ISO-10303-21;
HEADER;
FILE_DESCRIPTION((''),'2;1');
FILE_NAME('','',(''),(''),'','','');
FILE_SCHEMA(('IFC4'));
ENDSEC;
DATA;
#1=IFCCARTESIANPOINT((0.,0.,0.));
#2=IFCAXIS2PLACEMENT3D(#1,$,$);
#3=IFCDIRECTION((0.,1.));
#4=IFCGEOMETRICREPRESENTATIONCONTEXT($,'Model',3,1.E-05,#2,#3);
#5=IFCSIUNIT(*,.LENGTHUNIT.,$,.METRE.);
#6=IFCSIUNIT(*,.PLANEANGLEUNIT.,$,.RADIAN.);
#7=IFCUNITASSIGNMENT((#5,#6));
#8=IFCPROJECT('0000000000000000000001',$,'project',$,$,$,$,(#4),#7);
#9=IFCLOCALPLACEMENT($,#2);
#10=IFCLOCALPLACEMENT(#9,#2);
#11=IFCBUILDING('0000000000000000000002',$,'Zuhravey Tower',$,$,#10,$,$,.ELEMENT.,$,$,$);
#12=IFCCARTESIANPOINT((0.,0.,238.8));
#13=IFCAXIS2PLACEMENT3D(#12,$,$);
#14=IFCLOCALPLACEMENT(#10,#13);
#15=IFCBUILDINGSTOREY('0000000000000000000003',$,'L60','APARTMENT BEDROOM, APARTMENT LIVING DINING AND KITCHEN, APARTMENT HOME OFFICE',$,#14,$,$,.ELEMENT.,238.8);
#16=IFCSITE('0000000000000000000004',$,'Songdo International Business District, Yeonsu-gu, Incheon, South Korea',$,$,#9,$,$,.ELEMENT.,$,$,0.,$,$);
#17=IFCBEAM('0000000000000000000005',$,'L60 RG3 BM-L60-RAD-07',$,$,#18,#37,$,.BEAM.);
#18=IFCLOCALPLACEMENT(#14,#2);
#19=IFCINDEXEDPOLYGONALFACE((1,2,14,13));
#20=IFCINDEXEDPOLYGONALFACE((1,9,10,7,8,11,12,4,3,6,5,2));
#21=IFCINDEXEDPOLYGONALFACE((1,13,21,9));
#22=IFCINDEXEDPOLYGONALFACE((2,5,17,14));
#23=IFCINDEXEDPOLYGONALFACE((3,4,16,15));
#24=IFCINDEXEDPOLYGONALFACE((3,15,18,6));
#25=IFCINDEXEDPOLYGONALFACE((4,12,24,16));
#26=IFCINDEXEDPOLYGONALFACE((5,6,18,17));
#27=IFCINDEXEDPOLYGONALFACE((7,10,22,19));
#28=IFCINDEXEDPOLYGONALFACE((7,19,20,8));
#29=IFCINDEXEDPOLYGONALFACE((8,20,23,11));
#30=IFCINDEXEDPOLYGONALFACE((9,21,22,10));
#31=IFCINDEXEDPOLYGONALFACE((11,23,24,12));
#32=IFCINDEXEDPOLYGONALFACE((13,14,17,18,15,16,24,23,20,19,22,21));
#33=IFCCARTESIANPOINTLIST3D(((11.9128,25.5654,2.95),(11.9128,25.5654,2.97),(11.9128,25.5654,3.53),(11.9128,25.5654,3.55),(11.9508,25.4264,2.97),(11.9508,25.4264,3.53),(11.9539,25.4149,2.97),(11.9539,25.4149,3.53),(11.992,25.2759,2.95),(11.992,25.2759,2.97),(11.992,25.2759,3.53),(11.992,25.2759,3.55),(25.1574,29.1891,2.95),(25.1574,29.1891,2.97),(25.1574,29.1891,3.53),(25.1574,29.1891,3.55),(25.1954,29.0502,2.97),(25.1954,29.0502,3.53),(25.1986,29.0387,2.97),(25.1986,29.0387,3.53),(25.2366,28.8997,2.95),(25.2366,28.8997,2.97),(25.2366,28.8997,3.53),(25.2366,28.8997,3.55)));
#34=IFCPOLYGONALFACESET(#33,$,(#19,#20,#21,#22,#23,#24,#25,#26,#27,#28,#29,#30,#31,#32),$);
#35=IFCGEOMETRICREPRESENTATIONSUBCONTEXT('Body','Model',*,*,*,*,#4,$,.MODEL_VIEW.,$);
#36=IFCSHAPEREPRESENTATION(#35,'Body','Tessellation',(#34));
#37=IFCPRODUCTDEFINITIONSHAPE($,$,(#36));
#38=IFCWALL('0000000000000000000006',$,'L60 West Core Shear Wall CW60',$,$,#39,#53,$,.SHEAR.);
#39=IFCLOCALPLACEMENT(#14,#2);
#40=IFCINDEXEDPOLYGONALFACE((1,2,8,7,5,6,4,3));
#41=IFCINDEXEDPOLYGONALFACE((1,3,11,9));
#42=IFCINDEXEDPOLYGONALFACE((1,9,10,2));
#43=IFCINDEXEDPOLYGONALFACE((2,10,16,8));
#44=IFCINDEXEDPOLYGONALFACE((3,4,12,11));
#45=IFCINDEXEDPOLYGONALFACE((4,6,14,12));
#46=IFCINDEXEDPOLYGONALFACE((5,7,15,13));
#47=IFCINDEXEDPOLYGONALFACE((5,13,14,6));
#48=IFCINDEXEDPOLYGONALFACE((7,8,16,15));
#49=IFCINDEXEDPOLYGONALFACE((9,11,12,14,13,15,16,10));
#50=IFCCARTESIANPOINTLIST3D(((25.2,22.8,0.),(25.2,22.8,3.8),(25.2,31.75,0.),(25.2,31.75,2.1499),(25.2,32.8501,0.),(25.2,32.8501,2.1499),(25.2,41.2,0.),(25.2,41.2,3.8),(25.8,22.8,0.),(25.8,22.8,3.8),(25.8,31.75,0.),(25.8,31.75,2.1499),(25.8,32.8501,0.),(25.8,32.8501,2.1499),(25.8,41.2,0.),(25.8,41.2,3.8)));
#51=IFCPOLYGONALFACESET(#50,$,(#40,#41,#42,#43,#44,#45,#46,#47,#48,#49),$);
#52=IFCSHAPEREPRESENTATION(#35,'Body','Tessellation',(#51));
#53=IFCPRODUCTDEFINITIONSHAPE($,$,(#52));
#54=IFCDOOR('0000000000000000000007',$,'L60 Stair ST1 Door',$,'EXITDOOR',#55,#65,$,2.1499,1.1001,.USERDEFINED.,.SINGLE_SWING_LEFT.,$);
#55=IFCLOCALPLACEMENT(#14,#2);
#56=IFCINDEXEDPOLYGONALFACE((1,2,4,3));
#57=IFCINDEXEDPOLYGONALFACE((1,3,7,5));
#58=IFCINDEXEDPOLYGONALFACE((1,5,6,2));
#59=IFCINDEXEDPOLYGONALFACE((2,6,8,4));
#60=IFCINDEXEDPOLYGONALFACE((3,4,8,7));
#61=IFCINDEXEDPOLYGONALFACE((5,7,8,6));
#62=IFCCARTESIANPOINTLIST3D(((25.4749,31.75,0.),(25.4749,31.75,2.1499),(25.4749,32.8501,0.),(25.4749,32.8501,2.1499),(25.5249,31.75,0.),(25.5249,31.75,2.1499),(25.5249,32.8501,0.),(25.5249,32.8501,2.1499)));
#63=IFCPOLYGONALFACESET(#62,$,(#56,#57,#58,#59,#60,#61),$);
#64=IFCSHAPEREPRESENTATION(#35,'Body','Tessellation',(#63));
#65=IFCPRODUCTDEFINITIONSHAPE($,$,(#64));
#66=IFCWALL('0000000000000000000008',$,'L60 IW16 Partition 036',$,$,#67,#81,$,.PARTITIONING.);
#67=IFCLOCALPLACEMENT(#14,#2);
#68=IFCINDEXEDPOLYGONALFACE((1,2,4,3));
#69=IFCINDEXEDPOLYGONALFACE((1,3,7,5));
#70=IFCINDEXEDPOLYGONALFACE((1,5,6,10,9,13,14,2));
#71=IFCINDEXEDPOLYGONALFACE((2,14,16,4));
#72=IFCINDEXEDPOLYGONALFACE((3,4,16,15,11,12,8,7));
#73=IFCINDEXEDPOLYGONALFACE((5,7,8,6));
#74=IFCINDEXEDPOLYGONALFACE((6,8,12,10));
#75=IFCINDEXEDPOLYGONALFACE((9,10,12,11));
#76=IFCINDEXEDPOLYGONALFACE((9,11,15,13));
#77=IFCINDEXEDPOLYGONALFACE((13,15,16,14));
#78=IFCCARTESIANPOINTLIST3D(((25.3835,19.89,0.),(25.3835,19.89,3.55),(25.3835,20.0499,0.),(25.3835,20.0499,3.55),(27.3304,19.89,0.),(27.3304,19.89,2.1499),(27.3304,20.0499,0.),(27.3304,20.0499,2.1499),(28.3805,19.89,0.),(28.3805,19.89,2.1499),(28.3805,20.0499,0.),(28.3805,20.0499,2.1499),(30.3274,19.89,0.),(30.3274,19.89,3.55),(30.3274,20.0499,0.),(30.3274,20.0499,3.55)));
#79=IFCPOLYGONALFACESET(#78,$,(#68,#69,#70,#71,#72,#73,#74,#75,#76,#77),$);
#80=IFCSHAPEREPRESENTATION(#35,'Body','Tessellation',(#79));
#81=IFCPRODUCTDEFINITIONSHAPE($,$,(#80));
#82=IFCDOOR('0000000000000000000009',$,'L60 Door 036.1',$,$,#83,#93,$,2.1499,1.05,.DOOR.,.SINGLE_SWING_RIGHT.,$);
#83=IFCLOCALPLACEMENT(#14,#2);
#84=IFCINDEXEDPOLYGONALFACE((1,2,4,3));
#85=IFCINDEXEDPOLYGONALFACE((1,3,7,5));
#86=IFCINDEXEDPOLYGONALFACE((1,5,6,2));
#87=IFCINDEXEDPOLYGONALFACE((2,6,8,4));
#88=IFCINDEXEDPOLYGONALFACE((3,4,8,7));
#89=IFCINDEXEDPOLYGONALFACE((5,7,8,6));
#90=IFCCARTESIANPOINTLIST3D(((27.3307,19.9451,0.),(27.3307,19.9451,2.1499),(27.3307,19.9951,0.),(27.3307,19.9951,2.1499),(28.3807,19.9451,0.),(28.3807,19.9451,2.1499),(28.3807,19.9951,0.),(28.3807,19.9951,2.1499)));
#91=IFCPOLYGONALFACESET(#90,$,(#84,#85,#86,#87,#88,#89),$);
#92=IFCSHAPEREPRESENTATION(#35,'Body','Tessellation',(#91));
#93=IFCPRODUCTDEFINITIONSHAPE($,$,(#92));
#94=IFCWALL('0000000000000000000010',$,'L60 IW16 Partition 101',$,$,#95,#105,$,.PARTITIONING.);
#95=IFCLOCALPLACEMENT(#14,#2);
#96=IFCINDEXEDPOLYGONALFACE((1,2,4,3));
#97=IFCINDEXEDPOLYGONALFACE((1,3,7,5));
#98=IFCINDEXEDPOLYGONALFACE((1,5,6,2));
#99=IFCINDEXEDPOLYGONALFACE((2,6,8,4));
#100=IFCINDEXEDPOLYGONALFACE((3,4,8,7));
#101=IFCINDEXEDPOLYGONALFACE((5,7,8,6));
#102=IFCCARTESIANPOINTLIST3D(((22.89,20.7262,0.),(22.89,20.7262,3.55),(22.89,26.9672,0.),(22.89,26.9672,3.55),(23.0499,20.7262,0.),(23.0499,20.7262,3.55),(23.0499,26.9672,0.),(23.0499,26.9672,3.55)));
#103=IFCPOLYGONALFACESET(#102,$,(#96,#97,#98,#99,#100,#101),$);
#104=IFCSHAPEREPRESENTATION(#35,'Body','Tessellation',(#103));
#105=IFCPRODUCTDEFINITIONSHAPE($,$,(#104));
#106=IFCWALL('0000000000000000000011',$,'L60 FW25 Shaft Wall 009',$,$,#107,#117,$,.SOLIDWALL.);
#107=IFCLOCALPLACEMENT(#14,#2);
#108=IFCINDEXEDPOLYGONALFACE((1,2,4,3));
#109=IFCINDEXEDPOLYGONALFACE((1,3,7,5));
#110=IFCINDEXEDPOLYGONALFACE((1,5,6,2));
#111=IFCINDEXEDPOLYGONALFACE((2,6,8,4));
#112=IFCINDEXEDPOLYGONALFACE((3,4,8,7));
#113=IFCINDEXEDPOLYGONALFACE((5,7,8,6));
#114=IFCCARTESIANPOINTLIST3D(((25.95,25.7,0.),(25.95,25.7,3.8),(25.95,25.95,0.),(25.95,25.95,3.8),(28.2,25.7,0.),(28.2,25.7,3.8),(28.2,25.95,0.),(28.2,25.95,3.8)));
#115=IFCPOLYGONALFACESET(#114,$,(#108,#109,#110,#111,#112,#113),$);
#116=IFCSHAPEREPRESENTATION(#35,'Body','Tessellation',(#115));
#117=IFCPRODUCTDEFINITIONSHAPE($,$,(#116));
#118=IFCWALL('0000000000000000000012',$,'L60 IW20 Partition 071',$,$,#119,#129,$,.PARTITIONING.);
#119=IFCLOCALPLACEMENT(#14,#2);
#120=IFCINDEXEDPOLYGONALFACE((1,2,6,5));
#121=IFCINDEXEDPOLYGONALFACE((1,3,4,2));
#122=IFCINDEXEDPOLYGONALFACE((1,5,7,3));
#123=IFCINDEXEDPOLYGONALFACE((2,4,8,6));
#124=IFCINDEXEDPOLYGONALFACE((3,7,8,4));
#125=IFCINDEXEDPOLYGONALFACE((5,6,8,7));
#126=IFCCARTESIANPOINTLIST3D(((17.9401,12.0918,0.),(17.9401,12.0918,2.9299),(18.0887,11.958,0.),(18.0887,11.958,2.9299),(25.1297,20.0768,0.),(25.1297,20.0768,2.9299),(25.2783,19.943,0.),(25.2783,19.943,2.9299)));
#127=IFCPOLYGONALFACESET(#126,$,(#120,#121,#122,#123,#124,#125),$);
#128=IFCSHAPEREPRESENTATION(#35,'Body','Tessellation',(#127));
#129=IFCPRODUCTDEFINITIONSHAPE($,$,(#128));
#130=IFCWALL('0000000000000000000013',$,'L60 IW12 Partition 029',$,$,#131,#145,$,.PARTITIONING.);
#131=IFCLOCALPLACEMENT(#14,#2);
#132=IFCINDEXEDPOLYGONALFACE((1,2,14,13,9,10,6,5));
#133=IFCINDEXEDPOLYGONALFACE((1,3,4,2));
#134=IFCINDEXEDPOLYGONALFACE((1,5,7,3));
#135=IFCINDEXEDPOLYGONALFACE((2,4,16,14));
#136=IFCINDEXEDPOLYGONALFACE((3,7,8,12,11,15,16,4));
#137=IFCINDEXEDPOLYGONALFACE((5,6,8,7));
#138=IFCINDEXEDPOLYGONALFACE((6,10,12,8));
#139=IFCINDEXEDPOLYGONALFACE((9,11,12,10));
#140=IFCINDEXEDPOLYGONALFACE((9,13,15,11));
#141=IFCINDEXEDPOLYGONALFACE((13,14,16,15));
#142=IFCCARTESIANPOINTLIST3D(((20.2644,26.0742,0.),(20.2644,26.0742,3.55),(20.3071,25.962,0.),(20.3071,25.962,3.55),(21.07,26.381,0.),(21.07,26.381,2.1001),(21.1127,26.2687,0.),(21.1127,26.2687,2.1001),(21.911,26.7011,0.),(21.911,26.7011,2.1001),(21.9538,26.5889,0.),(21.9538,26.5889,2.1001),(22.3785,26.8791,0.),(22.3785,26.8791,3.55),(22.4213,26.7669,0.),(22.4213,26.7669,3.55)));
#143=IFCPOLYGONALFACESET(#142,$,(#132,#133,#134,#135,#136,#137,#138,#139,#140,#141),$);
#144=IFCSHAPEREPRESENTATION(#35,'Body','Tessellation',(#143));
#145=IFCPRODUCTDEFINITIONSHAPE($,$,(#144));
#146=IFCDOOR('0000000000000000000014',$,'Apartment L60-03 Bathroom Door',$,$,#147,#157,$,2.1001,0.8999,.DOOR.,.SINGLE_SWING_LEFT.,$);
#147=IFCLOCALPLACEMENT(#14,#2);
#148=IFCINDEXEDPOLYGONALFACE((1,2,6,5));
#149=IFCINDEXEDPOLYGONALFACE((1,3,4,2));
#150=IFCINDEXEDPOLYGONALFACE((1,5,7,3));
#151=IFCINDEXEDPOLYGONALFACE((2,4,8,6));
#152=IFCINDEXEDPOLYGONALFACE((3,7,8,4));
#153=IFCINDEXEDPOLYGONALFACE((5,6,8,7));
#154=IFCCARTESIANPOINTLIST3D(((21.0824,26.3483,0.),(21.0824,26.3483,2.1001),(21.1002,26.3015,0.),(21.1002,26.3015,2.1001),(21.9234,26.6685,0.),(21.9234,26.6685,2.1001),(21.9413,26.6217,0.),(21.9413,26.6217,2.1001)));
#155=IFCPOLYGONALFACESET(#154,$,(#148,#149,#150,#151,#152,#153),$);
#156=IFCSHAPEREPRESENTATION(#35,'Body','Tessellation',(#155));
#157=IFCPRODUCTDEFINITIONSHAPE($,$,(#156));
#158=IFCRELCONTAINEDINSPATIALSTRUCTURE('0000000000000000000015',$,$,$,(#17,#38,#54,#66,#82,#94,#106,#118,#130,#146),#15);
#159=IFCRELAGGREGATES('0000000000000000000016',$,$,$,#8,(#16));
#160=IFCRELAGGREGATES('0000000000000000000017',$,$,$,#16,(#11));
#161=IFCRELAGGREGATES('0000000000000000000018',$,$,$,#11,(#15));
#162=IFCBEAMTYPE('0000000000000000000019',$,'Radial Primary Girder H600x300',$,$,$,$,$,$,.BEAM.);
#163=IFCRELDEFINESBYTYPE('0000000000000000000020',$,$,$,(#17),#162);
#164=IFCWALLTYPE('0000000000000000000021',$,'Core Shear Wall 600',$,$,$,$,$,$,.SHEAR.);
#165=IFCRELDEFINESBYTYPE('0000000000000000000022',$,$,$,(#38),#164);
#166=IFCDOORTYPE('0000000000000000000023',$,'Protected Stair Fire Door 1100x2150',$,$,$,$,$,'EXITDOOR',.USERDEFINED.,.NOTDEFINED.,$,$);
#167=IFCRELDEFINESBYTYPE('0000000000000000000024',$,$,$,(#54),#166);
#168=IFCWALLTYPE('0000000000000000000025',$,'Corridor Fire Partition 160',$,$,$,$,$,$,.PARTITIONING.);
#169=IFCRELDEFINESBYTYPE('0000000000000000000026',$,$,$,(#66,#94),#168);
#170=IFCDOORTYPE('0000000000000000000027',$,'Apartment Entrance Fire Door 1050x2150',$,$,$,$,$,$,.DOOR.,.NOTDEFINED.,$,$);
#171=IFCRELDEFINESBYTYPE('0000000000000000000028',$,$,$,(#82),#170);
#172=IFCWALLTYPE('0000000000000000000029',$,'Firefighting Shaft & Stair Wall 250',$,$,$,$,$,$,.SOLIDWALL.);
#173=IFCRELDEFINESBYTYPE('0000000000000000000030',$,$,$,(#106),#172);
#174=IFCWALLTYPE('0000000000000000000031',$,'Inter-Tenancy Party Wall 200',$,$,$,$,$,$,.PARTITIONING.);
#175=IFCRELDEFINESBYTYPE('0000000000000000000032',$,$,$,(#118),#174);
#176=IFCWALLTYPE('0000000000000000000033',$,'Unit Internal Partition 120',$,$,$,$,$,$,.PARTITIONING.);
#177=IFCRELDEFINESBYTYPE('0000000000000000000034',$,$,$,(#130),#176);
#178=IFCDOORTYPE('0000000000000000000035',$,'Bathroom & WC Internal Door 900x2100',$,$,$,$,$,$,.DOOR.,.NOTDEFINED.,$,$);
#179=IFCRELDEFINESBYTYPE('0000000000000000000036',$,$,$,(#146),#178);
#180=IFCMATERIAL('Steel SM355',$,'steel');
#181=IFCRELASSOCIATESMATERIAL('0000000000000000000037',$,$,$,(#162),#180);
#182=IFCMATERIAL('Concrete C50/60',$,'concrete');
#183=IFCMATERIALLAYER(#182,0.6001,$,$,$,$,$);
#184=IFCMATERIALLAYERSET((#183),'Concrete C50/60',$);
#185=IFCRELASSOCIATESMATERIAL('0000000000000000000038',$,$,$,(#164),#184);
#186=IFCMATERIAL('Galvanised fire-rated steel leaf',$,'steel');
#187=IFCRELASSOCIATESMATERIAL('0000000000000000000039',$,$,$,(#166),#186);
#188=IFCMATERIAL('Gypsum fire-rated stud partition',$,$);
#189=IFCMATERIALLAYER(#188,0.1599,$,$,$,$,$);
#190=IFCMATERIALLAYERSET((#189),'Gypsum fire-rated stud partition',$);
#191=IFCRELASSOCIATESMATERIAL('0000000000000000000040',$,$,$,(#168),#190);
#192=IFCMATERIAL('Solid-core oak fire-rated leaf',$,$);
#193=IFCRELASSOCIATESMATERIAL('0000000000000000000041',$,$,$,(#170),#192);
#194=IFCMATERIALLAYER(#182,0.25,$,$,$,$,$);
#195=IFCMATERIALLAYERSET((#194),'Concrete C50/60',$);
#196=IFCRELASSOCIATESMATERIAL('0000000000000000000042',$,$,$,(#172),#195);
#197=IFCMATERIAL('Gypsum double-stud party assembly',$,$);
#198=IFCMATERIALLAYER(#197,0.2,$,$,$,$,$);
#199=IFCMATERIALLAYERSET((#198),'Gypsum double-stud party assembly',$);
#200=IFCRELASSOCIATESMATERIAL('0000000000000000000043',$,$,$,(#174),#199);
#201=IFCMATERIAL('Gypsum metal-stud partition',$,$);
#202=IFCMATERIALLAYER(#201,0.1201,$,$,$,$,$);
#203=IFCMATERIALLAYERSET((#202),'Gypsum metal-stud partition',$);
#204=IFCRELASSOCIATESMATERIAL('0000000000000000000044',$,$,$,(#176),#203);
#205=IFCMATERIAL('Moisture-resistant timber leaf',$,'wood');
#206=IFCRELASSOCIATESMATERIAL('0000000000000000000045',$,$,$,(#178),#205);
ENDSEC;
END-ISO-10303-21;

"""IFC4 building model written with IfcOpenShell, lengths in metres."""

from ifc_helpers import new_model, si_unit, direction, frame, frame_2d, origin, origin_2d, place, context, subcontext, project, spatial, rectangle, i_section, extrude, material, layer, layer_set, material_profile, profile_set, type_object, element, fill, save


model = new_model("IFC4")

# Units and contexts
model_context = context("Model", 3, precision=1e-05, world=origin(), true_north=direction((0.0, 1.0)))
body_context = subcontext(model_context, "Body", "Model", "MODEL_VIEW")
ifc_project = project(units=[si_unit("LENGTHUNIT", "METRE"), si_unit("PLANEANGLEUNIT", "RADIAN")], contexts=[model_context])

# Site, building, storey
site_placement = place(None, origin())
site = spatial("IfcSite", under=ifc_project, at=site_placement, Name="Songdo International Business District, Yeonsu-gu, Incheon, South Korea", CompositionType="ELEMENT", RefElevation=0.0)
building_placement = place(site_placement, origin())
building = spatial("IfcBuilding", under=site, at=building_placement, Name="Zuhravey Tower", CompositionType="ELEMENT")
storey_placement = place(building_placement, frame((0.0, 0.0, 238.8)))
storey = spatial("IfcBuildingStorey", under=building, at=storey_placement, Name="L60", Description="APARTMENT BEDROOM, APARTMENT LIVING DINING AND KITCHEN, APARTMENT HOME OFFICE", CompositionType="ELEMENT", Elevation=238.8)

# Beam
ifc_material_1 = material(Name="Steel SM355", Category="steel")
ifc_material_profile = material_profile(ifc_material_1, i_section(OverallWidth=0.3, OverallDepth=0.6001, WebThickness=0.012, FlangeThickness=0.02, at=origin_2d()), Name="H-600x300x12x20")
ifc_profile_set = profile_set([ifc_material_profile], Name="Steel SM355")
beam_type = type_object("IfcBeamType", Name="Radial Primary Girder H600x300", PredefinedType="BEAM", material=ifc_profile_set)
beam_placement = place(storey_placement, frame((25.197, 29.0444, 3.25), z_axis=(-0.964549, -0.263904, 0.0), x_axis=(0.263904, -0.964549, 0.0)))
element("IfcBeam", 1, at=beam_placement, inside=storey, type_object=beam_type, Name="L60 RG3 BM-L60-RAD-07", PredefinedType="BEAM", context=body_context, shape_type="SweptSolid", body=[
    extrude(i_section(OverallWidth=0.3, OverallDepth=0.6001, WebThickness=0.012, FlangeThickness=0.02, at=origin_2d()), origin(), (0.0, 0.0, 1.0), 13.7314),
])

# Walls, openings, doors
ifc_material_2 = material(Name="Concrete C50/60", Category="concrete")
ifc_layer_1 = layer(ifc_material_2, 0.6001)
ifc_layer_set_1 = layer_set([ifc_layer_1], Name="Concrete C50/60")
wall_type_1 = type_object("IfcWallType", Name="Core Shear Wall 600", PredefinedType="SHEAR", material=ifc_layer_set_1)
ifc_material_3 = material(Name="Galvanised fire-rated steel leaf", Category="steel")
wall_1_placement = place(storey_placement, frame((25.5, 22.8, 0.0), z_axis=(0.0, 0.0, 1.0), x_axis=(0.0, 1.0, 0.0)))
wall_1 = element("IfcWall", 2, at=wall_1_placement, inside=storey, type_object=wall_type_1, Name="L60 West Core Shear Wall CW60", PredefinedType="SHEAR", context=body_context, shape_type="SweptSolid", body=[
    extrude(rectangle(XDim=18.3999, YDim=0.6001, at=frame_2d((9.2, 0.0))), origin(), (0.0, 0.0, 1.0), 3.8),
])
opening_1_placement = place(wall_1_placement, frame((8.95, 0.0, 0.0)))
opening_1 = element("IfcOpeningElement", 3, at=opening_1_placement, cuts=wall_1, PredefinedType="OPENING", context=body_context, shape_type="SweptSolid", body=[
    extrude(rectangle(XDim=1.1001, YDim=2.1499, at=frame_2d((0.55, 1.075))), frame((0.0, 0.312, 0.0), z_axis=(0.0, -1.0, 0.0), x_axis=(1.0, 0.0, 0.0)), (0.0, 0.0, 1.0), 0.624),
])
door_type_1 = type_object("IfcDoorType", Name="Protected Stair Fire Door 1100x2150", ElementType="EXITDOOR", OperationType="NOTDEFINED", PredefinedType="USERDEFINED", material=ifc_material_3)
door_1_placement = place(opening_1_placement, frame((1.1001, 0.0, 0.0), z_axis=(0.0, 0.0, 1.0), x_axis=(-1.0, 0.0, 0.0)))
door_1 = element("IfcDoor", 4, at=door_1_placement, inside=storey, type_object=door_type_1, Name="L60 Stair ST1 Door", ObjectType="EXITDOOR", OperationType="SINGLE_SWING_LEFT", OverallHeight=2.1499, OverallWidth=1.1001, PredefinedType="USERDEFINED", context=body_context, shape_type="SweptSolid", body=[
    extrude(rectangle(XDim=1.1001, YDim=2.1499, at=frame_2d((0.55, 1.075))), frame((0.0, 0.0249, 0.0), z_axis=(0.0, -1.0, 0.0), x_axis=(1.0, 0.0, 0.0)), (0.0, 0.0, 1.0), 0.05),
])
fill(opening_1, door_1)
ifc_material_4 = material(Name="Gypsum fire-rated stud partition")
ifc_layer_2 = layer(ifc_material_4, 0.1599)
ifc_layer_set_2 = layer_set([ifc_layer_2], Name="Gypsum fire-rated stud partition")
wall_type_2 = type_object("IfcWallType", Name="Corridor Fire Partition 160", PredefinedType="PARTITIONING", material=ifc_layer_set_2)
wall_2_placement = place(storey_placement, frame((25.3835, 19.97, 0.0), z_axis=(0.0, 0.0, 1.0), x_axis=(1.0, 0.0, 0.0)))
wall_2 = element("IfcWall", 5, at=wall_2_placement, inside=storey, type_object=wall_type_2, Name="L60 IW16 Partition 036", PredefinedType="PARTITIONING", context=body_context, shape_type="SweptSolid", body=[
    extrude(rectangle(XDim=4.9438, YDim=0.1599, at=frame_2d((2.4719, 0.0))), origin(), (0.0, 0.0, 1.0), 3.55),
])
opening_2_placement = place(wall_2_placement, frame((1.947, 0.0, 0.0)))
opening_2 = element("IfcOpeningElement", 6, at=opening_2_placement, cuts=wall_2, PredefinedType="OPENING", context=body_context, shape_type="SweptSolid", body=[
    extrude(rectangle(XDim=1.05, YDim=2.1499, at=frame_2d((0.5249, 1.075))), frame((0.0, 0.092, 0.0), z_axis=(0.0, -1.0, 0.0), x_axis=(1.0, 0.0, 0.0)), (0.0, 0.0, 1.0), 0.1838),
])
ifc_material_5 = material(Name="Solid-core oak fire-rated leaf")
door_type_2 = type_object("IfcDoorType", Name="Apartment Entrance Fire Door 1050x2150", OperationType="NOTDEFINED", PredefinedType="DOOR", material=ifc_material_5)
door_2_placement = place(opening_2_placement, frame((1.05, 0.0, 0.0), z_axis=(0.0, 0.0, 1.0), x_axis=(-1.0, 0.0, 0.0)))
door_2 = element("IfcDoor", 7, at=door_2_placement, inside=storey, type_object=door_type_2, Name="L60 Door 036.1", OperationType="SINGLE_SWING_RIGHT", OverallHeight=2.1499, OverallWidth=1.05, PredefinedType="DOOR", context=body_context, shape_type="SweptSolid", body=[
    extrude(rectangle(XDim=1.05, YDim=2.1499, at=frame_2d((0.5249, 1.075))), frame((0.0, 0.0249, 0.0), z_axis=(0.0, -1.0, 0.0), x_axis=(1.0, 0.0, 0.0)), (0.0, 0.0, 1.0), 0.05),
])
fill(opening_2, door_2)

# Walls
wall_3_placement = place(storey_placement, frame((22.97, 26.9673, 0.0), z_axis=(0.0, 0.0, 1.0), x_axis=(0.0, -1.0, 0.0)))
element("IfcWall", 8, at=wall_3_placement, inside=storey, type_object=wall_type_2, Name="L60 IW16 Partition 101", PredefinedType="PARTITIONING", context=body_context, shape_type="SweptSolid", body=[
    extrude(rectangle(XDim=6.241, YDim=0.1599, at=frame_2d((3.1206, 0.0))), origin(), (0.0, 0.0, 1.0), 3.55),
])
ifc_layer_3 = layer(ifc_material_2, 0.25)
ifc_layer_set_3 = layer_set([ifc_layer_3], Name="Concrete C50/60")
wall_type_3 = type_object("IfcWallType", Name="Firefighting Shaft & Stair Wall 250", PredefinedType="SOLIDWALL", material=ifc_layer_set_3)
wall_4_placement = place(storey_placement, frame((25.95, 25.825, 0.0), z_axis=(0.0, 0.0, 1.0), x_axis=(1.0, 0.0, 0.0)))
element("IfcWall", 9, at=wall_4_placement, inside=storey, type_object=wall_type_3, Name="L60 FW25 Shaft Wall 009", PredefinedType="SOLIDWALL", context=body_context, shape_type="SweptSolid", body=[
    extrude(rectangle(XDim=2.25, YDim=0.25, at=frame_2d((1.125, 0.0))), origin(), (0.0, 0.0, 1.0), 3.8),
])
ifc_material_6 = material(Name="Gypsum double-stud party assembly")
ifc_layer_4 = layer(ifc_material_6, 0.2)
ifc_layer_set_4 = layer_set([ifc_layer_4], Name="Gypsum double-stud party assembly")
wall_type_4 = type_object("IfcWallType", Name="Inter-Tenancy Party Wall 200", PredefinedType="PARTITIONING", material=ifc_layer_set_4)
wall_5_placement = place(storey_placement, frame((25.2041, 20.01, 0.0), z_axis=(0.0, 0.0, 1.0), x_axis=(-0.669124, -0.743151, 0.0)))
element("IfcWall", 10, at=wall_5_placement, inside=storey, type_object=wall_type_4, Name="L60 IW20 Partition 071", PredefinedType="PARTITIONING", context=body_context, shape_type="SweptSolid", body=[
    extrude(rectangle(XDim=10.7449, YDim=0.2, at=frame_2d((5.3726, 0.0))), origin(), (0.0, 0.0, 1.0), 2.9299),
])

# Wall, opening, door
ifc_material_7 = material(Name="Gypsum metal-stud partition")
ifc_layer_5 = layer(ifc_material_7, 0.1201)
ifc_layer_set_5 = layer_set([ifc_layer_5], Name="Gypsum metal-stud partition")
wall_type_5 = type_object("IfcWallType", Name="Unit Internal Partition 120", PredefinedType="PARTITIONING", material=ifc_layer_set_5)
wall_6_placement = place(storey_placement, frame((22.3999, 26.823, 0.0), z_axis=(0.0, 0.0, 1.0), x_axis=(-0.934561, -0.355802, 0.0)))
wall_6 = element("IfcWall", 11, at=wall_6_placement, inside=storey, type_object=wall_type_5, Name="L60 IW12 Partition 029", PredefinedType="PARTITIONING", context=body_context, shape_type="SweptSolid", body=[
    extrude(rectangle(XDim=2.2622, YDim=0.1201, at=frame_2d((1.1311, 0.0))), origin(), (0.0, 0.0, 1.0), 3.55),
])
opening_3_placement = place(wall_6_placement, frame((0.5002, 0.0, 0.0)))
opening_3 = element("IfcOpeningElement", 12, at=opening_3_placement, cuts=wall_6, PredefinedType="OPENING", context=body_context, shape_type="SweptSolid", body=[
    extrude(rectangle(XDim=0.8999, YDim=2.1001, at=frame_2d((0.45, 1.05))), frame((0.0, 0.072, 0.0), z_axis=(0.0, -1.0, 0.0), x_axis=(1.0, 0.0, 0.0)), (0.0, 0.0, 1.0), 0.144),
])
ifc_material_8 = material(Name="Moisture-resistant timber leaf", Category="wood")
door_type_3 = type_object("IfcDoorType", Name="Bathroom & WC Internal Door 900x2100", OperationType="NOTDEFINED", PredefinedType="DOOR", material=ifc_material_8)
door_3_placement = place(opening_3_placement, origin())
door_3 = element("IfcDoor", 13, at=door_3_placement, inside=storey, type_object=door_type_3, Name="Apartment L60-03 Bathroom Door", OperationType="SINGLE_SWING_LEFT", OverallHeight=2.1001, OverallWidth=0.8999, PredefinedType="DOOR", context=body_context, shape_type="SweptSolid", body=[
    extrude(rectangle(XDim=0.8999, YDim=2.1001, at=frame_2d((0.45, 1.05))), frame((0.0, 0.0249, 0.0), z_axis=(0.0, -1.0, 0.0), x_axis=(1.0, 0.0, 0.0)), (0.0, 0.0, 1.0), 0.05),
])
fill(opening_3, door_3)

save(model, "model.ifc")
